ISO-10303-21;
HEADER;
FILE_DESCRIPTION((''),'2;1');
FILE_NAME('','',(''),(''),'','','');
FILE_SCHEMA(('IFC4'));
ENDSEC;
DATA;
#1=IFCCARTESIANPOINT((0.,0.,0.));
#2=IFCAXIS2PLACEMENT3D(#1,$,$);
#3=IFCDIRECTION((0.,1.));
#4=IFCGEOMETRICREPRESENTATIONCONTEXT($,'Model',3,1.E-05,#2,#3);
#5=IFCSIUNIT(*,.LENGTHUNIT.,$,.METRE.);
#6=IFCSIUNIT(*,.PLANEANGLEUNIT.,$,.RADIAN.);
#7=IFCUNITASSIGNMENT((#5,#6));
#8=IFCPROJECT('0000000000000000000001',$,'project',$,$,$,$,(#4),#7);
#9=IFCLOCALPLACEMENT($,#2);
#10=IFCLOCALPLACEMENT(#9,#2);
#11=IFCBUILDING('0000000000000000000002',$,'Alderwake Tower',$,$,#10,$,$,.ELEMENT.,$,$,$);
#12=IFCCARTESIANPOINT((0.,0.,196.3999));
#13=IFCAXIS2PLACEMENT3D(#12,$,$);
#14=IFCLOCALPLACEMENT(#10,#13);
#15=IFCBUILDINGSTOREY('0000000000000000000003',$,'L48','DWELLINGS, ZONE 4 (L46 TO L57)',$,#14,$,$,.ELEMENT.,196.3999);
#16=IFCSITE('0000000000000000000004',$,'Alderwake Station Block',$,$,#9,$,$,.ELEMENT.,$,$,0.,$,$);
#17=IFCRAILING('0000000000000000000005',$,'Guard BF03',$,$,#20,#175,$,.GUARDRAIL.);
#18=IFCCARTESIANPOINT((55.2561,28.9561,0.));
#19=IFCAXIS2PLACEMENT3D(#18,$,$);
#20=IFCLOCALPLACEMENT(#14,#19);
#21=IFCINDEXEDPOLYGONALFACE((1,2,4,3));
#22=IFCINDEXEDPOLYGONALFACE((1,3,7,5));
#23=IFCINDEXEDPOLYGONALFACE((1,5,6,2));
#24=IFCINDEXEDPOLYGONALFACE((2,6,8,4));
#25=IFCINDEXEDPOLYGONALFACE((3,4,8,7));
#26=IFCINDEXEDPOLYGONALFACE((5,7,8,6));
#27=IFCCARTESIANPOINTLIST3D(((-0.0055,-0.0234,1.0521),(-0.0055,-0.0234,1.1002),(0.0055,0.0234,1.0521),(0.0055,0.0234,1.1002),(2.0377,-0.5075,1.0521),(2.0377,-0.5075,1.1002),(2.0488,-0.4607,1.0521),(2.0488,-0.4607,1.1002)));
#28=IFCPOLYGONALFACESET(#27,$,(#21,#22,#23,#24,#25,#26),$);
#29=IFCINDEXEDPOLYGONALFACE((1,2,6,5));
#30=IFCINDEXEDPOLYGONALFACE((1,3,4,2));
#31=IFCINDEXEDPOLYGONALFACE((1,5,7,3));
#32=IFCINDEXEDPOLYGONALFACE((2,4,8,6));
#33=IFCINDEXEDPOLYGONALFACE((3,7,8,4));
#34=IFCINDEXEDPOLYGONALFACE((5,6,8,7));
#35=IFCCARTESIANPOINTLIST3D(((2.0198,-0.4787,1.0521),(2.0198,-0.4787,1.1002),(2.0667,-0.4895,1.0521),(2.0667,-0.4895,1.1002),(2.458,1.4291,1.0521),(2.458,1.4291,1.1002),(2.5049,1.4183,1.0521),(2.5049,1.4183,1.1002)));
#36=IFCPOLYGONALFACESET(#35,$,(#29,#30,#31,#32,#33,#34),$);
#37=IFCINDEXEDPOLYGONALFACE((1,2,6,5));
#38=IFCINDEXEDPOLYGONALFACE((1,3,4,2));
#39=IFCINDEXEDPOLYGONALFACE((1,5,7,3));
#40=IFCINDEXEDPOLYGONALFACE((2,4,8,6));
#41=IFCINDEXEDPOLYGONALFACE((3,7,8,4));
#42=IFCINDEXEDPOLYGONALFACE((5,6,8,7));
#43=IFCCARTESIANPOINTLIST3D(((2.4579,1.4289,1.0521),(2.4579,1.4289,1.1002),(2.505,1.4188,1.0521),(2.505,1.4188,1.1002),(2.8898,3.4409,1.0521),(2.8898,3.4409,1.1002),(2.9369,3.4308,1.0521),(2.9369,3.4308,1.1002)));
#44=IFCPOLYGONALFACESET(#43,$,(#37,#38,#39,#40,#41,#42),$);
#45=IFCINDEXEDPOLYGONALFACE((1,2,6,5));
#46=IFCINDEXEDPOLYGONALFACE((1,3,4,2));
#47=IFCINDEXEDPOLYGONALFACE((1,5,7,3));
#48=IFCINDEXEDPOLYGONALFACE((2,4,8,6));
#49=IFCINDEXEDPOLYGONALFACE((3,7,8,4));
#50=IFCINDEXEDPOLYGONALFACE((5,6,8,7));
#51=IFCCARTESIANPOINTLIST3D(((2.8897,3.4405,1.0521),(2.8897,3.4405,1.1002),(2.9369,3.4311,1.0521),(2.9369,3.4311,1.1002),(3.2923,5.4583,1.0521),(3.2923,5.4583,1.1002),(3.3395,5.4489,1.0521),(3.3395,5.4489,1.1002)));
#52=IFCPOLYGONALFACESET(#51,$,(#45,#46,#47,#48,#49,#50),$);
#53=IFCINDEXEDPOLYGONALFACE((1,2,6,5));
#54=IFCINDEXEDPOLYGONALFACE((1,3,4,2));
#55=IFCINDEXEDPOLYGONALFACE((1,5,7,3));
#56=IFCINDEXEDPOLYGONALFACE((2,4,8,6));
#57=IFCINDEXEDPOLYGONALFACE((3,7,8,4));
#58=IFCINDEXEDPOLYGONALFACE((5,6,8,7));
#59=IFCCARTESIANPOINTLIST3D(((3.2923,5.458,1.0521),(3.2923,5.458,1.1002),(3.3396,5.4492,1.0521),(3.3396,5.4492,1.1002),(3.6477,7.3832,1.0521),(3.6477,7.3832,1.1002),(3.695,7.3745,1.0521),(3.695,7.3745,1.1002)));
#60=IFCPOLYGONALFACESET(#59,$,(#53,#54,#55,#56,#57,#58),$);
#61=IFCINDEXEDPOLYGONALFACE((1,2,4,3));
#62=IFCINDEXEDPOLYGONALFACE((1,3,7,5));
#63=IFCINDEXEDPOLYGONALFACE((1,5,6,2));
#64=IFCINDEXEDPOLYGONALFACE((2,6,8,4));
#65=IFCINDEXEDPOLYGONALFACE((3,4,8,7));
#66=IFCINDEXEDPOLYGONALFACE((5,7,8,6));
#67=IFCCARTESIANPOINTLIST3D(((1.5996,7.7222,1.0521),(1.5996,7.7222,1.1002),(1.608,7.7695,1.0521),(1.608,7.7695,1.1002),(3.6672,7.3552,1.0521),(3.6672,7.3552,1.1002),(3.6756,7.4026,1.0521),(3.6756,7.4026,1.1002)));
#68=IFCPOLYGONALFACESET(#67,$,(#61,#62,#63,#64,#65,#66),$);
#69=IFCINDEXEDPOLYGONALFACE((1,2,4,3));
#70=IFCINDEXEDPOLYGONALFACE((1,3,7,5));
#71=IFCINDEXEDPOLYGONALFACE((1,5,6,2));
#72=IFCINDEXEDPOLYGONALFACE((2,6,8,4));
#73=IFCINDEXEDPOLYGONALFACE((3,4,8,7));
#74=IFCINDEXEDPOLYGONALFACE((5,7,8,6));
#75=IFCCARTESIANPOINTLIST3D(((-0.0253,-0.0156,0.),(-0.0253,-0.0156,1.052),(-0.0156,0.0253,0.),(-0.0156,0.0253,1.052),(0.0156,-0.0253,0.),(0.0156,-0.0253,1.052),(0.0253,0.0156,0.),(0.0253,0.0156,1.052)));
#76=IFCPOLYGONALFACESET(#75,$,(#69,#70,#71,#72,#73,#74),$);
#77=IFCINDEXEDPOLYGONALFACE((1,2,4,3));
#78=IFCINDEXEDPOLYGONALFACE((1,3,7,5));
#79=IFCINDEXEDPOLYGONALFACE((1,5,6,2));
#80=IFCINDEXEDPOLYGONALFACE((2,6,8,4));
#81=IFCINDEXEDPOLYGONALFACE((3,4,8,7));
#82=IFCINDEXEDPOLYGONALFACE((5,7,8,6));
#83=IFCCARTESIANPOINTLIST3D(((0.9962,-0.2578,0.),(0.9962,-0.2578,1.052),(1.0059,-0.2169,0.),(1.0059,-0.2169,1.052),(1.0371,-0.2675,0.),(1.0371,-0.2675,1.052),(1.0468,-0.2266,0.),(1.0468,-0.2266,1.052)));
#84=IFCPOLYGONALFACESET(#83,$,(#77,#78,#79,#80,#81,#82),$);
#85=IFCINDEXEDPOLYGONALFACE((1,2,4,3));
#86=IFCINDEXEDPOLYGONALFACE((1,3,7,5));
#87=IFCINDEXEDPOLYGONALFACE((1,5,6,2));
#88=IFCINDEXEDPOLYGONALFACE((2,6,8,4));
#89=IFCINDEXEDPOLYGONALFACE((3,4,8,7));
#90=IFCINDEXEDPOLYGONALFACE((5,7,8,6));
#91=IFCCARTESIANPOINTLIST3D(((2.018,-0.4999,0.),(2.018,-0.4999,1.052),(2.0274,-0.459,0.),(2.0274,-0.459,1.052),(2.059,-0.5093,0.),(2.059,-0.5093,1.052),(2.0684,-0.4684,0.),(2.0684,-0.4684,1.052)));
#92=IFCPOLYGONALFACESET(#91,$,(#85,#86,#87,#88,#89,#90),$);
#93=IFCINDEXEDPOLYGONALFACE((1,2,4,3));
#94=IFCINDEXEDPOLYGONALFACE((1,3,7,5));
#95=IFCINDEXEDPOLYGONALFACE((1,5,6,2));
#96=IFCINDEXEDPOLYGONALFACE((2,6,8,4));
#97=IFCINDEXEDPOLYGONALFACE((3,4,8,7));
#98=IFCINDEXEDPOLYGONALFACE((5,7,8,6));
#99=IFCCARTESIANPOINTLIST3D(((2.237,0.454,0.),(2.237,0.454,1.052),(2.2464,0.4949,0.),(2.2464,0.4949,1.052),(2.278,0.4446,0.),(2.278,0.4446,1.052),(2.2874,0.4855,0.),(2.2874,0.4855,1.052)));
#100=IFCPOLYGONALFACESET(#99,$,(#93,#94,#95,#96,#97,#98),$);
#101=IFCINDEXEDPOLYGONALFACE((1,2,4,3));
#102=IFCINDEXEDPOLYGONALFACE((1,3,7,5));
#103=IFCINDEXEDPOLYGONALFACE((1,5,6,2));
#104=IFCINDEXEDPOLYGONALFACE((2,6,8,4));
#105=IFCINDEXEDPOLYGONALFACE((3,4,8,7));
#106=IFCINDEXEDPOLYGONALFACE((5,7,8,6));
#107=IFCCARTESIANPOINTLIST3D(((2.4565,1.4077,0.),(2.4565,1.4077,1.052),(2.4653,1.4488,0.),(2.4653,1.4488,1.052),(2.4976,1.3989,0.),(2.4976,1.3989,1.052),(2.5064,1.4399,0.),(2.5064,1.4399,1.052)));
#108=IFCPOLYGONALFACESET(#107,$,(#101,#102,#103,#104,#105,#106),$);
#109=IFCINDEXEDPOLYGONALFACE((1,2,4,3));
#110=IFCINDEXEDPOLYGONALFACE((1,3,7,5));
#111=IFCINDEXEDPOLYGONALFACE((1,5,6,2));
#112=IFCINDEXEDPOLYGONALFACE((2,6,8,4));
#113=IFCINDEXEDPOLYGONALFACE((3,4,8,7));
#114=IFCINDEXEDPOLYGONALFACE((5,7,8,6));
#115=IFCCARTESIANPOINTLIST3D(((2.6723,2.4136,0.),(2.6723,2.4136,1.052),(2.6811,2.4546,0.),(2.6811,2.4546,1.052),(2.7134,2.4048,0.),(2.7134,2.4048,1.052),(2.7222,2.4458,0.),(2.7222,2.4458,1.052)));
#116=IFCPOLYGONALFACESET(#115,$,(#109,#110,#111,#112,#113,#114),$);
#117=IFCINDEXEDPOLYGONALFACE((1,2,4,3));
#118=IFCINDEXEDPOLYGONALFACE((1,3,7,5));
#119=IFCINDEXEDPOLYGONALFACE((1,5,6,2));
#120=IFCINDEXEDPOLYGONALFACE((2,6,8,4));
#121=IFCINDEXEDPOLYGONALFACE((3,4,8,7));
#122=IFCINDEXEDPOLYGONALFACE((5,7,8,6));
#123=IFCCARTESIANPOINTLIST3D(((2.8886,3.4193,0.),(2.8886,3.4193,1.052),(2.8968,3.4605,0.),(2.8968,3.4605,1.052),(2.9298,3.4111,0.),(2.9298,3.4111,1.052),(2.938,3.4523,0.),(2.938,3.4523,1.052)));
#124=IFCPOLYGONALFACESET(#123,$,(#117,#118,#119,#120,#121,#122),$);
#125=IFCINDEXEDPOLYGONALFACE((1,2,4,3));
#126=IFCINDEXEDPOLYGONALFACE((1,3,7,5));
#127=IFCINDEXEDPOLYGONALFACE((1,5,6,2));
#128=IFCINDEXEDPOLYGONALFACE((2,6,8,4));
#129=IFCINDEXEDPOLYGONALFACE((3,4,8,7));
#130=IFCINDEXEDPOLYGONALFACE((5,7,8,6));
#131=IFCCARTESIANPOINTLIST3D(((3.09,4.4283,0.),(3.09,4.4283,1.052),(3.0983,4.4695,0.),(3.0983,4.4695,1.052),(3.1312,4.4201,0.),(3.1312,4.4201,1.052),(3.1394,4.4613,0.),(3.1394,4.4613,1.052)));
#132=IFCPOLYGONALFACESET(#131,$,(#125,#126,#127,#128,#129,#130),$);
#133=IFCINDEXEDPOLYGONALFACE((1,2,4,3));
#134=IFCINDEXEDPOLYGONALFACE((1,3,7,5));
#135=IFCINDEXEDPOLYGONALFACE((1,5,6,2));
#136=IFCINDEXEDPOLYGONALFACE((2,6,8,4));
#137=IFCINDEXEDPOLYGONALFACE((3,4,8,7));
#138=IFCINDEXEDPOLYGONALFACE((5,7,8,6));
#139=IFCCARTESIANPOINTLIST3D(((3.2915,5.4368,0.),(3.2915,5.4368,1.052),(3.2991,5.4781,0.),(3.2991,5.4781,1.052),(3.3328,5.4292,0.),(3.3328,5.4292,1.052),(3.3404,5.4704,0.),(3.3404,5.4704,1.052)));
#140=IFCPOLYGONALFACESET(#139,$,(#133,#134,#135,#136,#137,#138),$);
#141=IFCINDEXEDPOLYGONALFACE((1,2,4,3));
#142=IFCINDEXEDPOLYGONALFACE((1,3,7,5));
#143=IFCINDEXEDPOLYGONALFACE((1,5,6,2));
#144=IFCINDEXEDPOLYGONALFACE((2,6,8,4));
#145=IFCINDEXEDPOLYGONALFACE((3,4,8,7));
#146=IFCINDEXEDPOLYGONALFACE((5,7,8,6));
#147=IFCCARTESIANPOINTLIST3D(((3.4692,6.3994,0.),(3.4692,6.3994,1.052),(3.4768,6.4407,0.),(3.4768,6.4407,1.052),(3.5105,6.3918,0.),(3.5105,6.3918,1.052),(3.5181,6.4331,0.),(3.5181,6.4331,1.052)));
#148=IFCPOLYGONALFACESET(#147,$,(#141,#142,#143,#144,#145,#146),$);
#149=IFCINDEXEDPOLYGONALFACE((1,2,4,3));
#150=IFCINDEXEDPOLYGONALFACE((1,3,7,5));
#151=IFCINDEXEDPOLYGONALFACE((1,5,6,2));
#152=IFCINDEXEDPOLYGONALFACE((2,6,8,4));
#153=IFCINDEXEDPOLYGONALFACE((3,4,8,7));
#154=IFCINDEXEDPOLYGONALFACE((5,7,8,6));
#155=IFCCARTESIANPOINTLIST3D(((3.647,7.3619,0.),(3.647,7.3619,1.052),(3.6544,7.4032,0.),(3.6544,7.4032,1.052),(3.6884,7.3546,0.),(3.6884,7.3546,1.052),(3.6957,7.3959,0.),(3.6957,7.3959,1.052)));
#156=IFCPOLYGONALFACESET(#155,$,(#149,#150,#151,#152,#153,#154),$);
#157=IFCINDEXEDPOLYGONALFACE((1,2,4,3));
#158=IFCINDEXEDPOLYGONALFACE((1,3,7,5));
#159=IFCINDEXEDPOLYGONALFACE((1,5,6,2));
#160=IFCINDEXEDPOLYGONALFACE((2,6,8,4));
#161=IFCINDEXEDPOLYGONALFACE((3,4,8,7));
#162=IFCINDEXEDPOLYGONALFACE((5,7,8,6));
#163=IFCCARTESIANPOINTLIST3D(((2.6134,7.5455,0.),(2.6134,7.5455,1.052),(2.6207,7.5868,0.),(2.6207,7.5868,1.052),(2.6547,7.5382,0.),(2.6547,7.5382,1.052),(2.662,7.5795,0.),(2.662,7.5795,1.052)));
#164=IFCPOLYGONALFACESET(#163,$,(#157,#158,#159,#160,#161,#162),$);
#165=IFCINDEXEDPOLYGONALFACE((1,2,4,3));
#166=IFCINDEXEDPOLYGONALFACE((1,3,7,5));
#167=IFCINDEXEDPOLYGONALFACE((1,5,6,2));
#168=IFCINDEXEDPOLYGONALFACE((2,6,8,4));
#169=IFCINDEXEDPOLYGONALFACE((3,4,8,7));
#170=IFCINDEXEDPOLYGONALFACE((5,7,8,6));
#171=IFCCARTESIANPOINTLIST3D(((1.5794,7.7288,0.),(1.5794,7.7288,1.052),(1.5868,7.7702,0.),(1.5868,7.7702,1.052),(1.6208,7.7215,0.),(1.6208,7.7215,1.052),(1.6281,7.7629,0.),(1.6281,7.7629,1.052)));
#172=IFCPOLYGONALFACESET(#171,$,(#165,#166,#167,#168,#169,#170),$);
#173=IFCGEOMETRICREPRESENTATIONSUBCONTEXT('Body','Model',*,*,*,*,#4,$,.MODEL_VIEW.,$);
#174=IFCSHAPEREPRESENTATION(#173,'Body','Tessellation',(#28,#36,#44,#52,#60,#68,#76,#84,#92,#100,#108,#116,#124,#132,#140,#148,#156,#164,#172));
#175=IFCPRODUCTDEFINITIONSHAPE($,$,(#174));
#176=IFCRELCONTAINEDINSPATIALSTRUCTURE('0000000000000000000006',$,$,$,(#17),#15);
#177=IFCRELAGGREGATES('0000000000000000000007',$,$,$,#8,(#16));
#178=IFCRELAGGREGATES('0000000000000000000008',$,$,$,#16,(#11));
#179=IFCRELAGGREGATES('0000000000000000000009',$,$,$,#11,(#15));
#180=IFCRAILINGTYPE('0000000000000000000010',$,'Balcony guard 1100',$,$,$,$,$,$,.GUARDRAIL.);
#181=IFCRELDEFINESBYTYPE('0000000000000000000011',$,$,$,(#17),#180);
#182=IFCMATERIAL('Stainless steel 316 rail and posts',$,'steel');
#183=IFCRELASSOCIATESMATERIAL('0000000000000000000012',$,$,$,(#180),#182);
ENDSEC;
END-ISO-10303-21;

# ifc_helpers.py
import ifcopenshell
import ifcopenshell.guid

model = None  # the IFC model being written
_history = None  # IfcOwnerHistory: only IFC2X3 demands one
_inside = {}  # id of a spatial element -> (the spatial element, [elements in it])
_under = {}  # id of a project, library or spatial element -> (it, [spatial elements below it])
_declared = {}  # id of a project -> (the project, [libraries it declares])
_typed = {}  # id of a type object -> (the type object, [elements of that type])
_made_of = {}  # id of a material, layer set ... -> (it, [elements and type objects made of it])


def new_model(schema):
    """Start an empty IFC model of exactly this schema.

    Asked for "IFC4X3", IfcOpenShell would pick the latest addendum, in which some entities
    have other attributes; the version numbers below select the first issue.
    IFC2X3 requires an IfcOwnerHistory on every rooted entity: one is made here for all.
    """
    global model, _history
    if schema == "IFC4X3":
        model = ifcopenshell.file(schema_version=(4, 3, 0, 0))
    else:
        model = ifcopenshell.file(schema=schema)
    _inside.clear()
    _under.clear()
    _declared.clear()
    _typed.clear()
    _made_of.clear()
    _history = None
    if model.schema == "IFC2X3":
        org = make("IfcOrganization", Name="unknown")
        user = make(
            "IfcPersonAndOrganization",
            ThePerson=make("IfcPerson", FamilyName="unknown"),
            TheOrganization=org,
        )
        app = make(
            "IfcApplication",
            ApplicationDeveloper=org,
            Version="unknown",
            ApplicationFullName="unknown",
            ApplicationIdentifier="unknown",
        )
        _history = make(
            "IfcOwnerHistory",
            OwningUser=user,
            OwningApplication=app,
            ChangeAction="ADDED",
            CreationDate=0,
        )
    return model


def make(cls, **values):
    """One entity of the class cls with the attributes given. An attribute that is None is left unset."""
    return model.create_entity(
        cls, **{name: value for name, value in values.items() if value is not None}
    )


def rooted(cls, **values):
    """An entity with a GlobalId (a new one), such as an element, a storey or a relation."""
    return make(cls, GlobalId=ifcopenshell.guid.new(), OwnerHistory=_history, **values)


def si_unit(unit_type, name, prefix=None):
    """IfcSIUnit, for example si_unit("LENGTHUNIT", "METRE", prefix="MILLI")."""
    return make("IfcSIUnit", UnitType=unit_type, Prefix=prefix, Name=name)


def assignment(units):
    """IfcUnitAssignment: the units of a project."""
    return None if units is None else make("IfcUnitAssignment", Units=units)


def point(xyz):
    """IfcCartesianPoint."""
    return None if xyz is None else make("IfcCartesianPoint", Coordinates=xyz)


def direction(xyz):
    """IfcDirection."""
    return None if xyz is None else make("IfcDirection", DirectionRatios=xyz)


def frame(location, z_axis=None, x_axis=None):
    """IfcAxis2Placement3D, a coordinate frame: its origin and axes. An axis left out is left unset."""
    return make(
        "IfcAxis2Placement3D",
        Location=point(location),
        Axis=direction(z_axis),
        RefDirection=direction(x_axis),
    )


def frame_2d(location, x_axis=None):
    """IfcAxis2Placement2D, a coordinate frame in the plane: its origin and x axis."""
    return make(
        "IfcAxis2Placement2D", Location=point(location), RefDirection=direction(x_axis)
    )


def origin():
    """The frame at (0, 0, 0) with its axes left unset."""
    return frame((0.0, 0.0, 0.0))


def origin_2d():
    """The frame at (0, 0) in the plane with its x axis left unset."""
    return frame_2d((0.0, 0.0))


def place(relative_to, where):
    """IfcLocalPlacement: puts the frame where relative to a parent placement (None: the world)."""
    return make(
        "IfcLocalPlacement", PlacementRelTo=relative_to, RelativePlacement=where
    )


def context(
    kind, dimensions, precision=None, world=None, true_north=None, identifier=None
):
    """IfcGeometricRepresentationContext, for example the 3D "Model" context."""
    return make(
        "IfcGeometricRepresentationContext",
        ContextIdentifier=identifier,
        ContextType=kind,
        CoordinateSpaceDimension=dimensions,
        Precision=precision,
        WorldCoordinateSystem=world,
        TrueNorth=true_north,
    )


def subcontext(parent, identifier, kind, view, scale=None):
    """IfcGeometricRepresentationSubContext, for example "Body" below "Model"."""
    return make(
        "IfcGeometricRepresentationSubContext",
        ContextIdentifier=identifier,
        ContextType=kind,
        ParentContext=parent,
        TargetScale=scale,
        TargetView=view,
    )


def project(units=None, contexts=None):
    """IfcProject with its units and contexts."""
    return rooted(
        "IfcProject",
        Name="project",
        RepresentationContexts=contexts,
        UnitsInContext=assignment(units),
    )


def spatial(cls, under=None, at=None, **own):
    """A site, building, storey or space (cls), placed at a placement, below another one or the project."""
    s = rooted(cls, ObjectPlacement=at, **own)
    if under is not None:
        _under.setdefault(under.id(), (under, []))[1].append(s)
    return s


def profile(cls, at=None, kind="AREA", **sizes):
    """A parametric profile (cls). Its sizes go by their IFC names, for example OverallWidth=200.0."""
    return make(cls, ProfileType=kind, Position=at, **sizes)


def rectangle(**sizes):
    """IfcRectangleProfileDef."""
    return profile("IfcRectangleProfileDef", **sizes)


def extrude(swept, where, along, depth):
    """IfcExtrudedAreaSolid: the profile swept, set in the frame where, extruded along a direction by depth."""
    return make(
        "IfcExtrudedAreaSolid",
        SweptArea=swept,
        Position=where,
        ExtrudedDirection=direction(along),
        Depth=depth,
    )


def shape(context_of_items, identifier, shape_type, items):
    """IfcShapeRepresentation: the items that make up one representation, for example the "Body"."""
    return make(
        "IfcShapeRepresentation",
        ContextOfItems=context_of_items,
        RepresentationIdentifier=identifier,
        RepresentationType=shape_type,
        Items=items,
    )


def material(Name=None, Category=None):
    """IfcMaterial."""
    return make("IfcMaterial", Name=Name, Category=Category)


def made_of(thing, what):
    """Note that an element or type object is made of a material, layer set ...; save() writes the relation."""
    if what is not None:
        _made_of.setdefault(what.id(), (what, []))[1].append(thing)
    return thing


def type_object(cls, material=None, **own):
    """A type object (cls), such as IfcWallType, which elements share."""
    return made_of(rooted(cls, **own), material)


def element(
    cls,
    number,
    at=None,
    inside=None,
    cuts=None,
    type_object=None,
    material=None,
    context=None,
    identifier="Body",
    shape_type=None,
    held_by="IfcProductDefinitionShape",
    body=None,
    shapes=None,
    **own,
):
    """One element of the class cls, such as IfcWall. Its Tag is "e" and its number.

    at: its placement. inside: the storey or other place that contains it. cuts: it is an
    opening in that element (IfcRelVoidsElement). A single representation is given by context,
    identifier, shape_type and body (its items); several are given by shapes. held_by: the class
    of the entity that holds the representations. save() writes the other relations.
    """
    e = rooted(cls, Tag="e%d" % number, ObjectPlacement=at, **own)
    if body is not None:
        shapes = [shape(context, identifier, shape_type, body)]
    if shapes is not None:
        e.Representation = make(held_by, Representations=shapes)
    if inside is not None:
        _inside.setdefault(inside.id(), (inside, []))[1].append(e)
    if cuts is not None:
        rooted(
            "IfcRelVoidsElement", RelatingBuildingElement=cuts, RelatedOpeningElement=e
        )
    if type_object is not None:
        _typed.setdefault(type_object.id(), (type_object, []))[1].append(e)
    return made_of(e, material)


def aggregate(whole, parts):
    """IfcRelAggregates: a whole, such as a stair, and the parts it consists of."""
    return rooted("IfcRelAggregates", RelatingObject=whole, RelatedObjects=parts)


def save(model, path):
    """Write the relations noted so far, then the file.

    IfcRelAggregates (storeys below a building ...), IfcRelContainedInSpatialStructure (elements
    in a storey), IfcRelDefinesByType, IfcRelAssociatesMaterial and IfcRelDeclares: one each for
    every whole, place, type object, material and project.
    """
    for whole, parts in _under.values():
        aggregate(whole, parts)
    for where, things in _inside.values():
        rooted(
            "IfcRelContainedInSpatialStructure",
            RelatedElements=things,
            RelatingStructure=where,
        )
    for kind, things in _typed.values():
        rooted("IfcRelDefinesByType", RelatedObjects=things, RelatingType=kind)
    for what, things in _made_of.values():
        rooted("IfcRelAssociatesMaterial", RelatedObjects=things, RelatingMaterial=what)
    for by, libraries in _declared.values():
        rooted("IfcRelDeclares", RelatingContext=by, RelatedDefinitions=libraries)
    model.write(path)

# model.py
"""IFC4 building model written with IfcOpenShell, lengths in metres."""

from ifc_helpers import new_model, si_unit, direction, frame, origin, origin_2d, place, context, subcontext, project, spatial, rectangle, extrude, material, type_object, element, save


model = new_model("IFC4")

# Units and contexts
model_context = context("Model", 3, precision=1e-05, world=origin(), true_north=direction((0.0, 1.0)))
body_context = subcontext(model_context, "Body", "Model", "MODEL_VIEW")
ifc_project = project(units=[si_unit("LENGTHUNIT", "METRE"), si_unit("PLANEANGLEUNIT", "RADIAN")], contexts=[model_context])

# Site, building, storey
site_placement = place(None, origin())
site = spatial("IfcSite", under=ifc_project, at=site_placement, Name="Alderwake Station Block", CompositionType="ELEMENT", RefElevation=0.0)
building_placement = place(site_placement, origin())
building = spatial("IfcBuilding", under=site, at=building_placement, Name="Alderwake Tower", CompositionType="ELEMENT")
storey_placement = place(building_placement, frame((0.0, 0.0, 196.3999)))
storey = spatial("IfcBuildingStorey", under=building, at=storey_placement, Name="L48", Description="DWELLINGS, ZONE 4 (L46 TO L57)", CompositionType="ELEMENT", Elevation=196.3999)

# Railing
ifc_material_1 = material(Name="Stainless steel 316 rail and posts", Category="steel")
railing_type = type_object("IfcRailingType", Name="Balcony guard 1100", PredefinedType="GUARDRAIL", material=ifc_material_1)
railing_placement = place(storey_placement, frame((55.2561, 28.9561, 0.0)))
element("IfcRailing", 1, at=railing_placement, inside=storey, type_object=railing_type, Name="Guard BF03", PredefinedType="GUARDRAIL", context=body_context, shape_type="SweptSolid", body=[
    extrude(rectangle(XDim=0.0481, YDim=0.0481, at=origin_2d()), frame((0.0, 0.0, 1.0762), z_axis=(0.973058, -0.230562, 0.0), x_axis=(0.230562, 0.973058, 0.0)), (0.0, 0.0, 1.0), 2.0999),
    extrude(rectangle(XDim=0.0481, YDim=0.0481, at=origin_2d()), frame((2.0432, -0.4841, 1.0762), z_axis=(0.223857, 0.974622, 0.0), x_axis=(-0.974622, 0.223857, 0.0)), (0.0, 0.0, 1.0), 1.9575),
    extrude(rectangle(XDim=0.0481, YDim=0.0481, at=origin_2d()), frame((2.4814, 1.4238, 1.0762), z_axis=(0.209877, 0.977728, 0.0), x_axis=(-0.977728, 0.209877, 0.0)), (0.0, 0.0, 1.0), 2.0579),
    extrude(rectangle(XDim=0.0481, YDim=0.0481, at=origin_2d()), frame((2.9133, 3.4358, 1.0762), z_axis=(0.19566, 0.980672, 0.0), x_axis=(-0.980672, 0.19566, 0.0)), (0.0, 0.0, 1.0), 2.0576),
    extrude(rectangle(XDim=0.0481, YDim=0.0481, at=origin_2d()), frame((3.3159, 5.4536, 1.0762), z_axis=(0.181562, 0.983379, 0.0), x_axis=(-0.983379, 0.181562, 0.0)), (0.0, 0.0, 1.0), 1.9578),
    extrude(rectangle(XDim=0.0481, YDim=0.0481, at=origin_2d()), frame((3.6714, 7.3789, 1.0762), z_axis=(-0.984615, 0.17474, 0.0), x_axis=(-0.17474, -0.984615, 0.0)), (0.0, 0.0, 1.0), 2.0999),
    extrude(rectangle(XDim=0.042, YDim=0.042, at=origin_2d()), frame((0.0, 0.0, 0.0), z_axis=(0.0, 0.0, 1.0), x_axis=(0.973058, -0.230562, 0.0)), (0.0, 0.0, 1.0), 1.052),
    extrude(rectangle(XDim=0.042, YDim=0.042, at=origin_2d()), frame((1.0215, -0.2422, 0.0), z_axis=(0.0, 0.0, 1.0), x_axis=(0.973058, -0.230562, 0.0)), (0.0, 0.0, 1.0), 1.052),
    extrude(rectangle(XDim=0.042, YDim=0.042, at=origin_2d()), frame((2.0432, -0.4841, 0.0), z_axis=(0.0, 0.0, 1.0), x_axis=(0.223857, 0.974622, 0.0)), (0.0, 0.0, 1.0), 1.052),
    extrude(rectangle(XDim=0.042, YDim=0.042, at=origin_2d()), frame((2.2622, 0.4697, 0.0), z_axis=(0.0, 0.0, 1.0), x_axis=(0.223857, 0.974622, 0.0)), (0.0, 0.0, 1.0), 1.052),
    extrude(rectangle(XDim=0.042, YDim=0.042, at=origin_2d()), frame((2.4814, 1.4238, 0.0), z_axis=(0.0, 0.0, 1.0), x_axis=(0.209877, 0.977728, 0.0)), (0.0, 0.0, 1.0), 1.052),
    extrude(rectangle(XDim=0.042, YDim=0.042, at=origin_2d()), frame((2.6973, 2.4297, 0.0), z_axis=(0.0, 0.0, 1.0), x_axis=(0.209877, 0.977728, 0.0)), (0.0, 0.0, 1.0), 1.052),
    extrude(rectangle(XDim=0.042, YDim=0.042, at=origin_2d()), frame((2.9133, 3.4358, 0.0), z_axis=(0.0, 0.0, 1.0), x_axis=(0.19566, 0.980672, 0.0)), (0.0, 0.0, 1.0), 1.052),
    extrude(rectangle(XDim=0.042, YDim=0.042, at=origin_2d()), frame((3.1147, 4.4448, 0.0), z_axis=(0.0, 0.0, 1.0), x_axis=(0.19566, 0.980672, 0.0)), (0.0, 0.0, 1.0), 1.052),
    extrude(rectangle(XDim=0.042, YDim=0.042, at=origin_2d()), frame((3.3159, 5.4536, 0.0), z_axis=(0.0, 0.0, 1.0), x_axis=(0.181562, 0.983379, 0.0)), (0.0, 0.0, 1.0), 1.052),
    extrude(rectangle(XDim=0.042, YDim=0.042, at=origin_2d()), frame((3.4937, 6.4163, 0.0), z_axis=(0.0, 0.0, 1.0), x_axis=(0.181562, 0.983379, 0.0)), (0.0, 0.0, 1.0), 1.052),
    extrude(rectangle(XDim=0.042, YDim=0.042, at=origin_2d()), frame((3.6714, 7.3789, 0.0), z_axis=(0.0, 0.0, 1.0), x_axis=(-0.984615, 0.17474, 0.0)), (0.0, 0.0, 1.0), 1.052),
    extrude(rectangle(XDim=0.042, YDim=0.042, at=origin_2d()), frame((2.6377, 7.5625, 0.0), z_axis=(0.0, 0.0, 1.0), x_axis=(-0.984615, 0.17474, 0.0)), (0.0, 0.0, 1.0), 1.052),
    extrude(rectangle(XDim=0.042, YDim=0.042, at=origin_2d()), frame((1.6038, 7.7458, 0.0), z_axis=(0.0, 0.0, 1.0), x_axis=(-0.984615, 0.17474, 0.0)), (0.0, 0.0, 1.0), 1.052),
])

save(model, "model.ifc")
